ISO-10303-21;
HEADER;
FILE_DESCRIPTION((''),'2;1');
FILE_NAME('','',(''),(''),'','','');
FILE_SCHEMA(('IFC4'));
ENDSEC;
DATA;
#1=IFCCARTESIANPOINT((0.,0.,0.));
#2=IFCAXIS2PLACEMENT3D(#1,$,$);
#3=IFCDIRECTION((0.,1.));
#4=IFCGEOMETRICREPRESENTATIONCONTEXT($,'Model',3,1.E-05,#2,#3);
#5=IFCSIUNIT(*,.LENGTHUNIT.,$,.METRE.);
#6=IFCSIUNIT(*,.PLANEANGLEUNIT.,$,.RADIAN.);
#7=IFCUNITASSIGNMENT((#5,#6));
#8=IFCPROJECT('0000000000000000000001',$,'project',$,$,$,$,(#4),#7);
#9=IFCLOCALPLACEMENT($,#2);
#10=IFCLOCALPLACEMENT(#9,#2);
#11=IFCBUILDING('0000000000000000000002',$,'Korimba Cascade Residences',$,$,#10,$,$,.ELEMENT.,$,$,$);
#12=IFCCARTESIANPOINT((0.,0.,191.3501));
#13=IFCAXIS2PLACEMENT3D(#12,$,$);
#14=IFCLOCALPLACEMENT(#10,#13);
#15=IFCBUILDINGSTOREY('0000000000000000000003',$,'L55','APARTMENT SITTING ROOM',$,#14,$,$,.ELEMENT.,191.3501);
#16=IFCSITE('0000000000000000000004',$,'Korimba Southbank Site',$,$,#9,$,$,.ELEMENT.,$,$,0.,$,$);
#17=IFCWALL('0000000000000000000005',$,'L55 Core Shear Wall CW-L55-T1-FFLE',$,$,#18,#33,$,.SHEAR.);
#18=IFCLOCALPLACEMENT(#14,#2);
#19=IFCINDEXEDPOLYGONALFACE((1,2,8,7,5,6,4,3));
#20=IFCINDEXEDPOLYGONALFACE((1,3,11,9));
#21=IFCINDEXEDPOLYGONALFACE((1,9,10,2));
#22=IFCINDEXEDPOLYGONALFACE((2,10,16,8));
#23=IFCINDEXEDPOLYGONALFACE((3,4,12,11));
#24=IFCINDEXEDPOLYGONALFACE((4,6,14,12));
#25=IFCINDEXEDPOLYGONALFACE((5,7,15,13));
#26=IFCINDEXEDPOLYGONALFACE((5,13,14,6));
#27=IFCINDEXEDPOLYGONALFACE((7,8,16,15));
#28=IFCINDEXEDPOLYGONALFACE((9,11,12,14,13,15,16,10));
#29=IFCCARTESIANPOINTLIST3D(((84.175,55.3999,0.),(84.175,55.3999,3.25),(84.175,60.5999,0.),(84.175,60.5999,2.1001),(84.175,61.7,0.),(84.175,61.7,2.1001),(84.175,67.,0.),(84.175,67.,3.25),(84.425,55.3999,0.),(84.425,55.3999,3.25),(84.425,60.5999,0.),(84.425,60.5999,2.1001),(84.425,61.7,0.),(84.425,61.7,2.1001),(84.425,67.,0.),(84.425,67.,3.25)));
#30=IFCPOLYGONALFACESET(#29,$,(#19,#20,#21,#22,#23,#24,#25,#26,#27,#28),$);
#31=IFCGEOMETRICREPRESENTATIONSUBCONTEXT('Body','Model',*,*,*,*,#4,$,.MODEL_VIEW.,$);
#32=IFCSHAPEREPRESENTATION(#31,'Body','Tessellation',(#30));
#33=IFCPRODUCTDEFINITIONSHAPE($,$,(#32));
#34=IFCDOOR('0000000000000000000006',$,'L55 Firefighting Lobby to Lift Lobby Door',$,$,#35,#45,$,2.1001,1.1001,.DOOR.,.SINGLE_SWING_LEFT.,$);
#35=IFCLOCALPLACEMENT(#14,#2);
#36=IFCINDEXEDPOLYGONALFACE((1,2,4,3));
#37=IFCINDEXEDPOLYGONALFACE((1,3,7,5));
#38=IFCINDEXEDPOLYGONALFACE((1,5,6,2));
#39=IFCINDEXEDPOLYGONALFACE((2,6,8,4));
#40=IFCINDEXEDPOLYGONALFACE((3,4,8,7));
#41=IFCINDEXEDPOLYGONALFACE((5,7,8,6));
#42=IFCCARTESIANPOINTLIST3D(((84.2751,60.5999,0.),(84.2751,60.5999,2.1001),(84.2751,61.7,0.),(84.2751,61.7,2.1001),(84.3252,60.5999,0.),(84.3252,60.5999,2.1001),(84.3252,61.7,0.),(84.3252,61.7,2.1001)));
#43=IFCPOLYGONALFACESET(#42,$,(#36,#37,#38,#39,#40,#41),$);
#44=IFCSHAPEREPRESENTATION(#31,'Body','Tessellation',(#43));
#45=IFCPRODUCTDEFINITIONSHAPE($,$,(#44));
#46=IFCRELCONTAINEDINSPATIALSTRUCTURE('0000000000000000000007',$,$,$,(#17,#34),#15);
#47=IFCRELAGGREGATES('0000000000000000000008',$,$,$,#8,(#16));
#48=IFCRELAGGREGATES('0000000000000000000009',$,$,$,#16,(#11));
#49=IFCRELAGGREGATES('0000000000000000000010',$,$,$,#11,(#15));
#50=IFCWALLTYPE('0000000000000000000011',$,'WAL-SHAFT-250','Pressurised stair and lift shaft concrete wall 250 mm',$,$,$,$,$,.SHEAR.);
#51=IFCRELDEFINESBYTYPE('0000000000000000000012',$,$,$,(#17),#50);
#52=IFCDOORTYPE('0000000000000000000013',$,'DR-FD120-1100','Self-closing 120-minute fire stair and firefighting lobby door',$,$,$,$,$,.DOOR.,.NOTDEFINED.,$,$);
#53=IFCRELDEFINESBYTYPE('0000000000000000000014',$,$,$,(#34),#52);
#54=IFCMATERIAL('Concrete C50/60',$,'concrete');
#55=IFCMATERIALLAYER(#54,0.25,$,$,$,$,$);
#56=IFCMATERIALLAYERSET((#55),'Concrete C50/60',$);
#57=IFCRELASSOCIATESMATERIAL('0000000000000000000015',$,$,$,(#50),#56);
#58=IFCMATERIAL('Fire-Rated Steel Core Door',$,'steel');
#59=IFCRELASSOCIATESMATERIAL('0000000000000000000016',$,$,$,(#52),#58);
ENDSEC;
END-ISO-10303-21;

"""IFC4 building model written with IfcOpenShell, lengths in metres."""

from ifc_helpers import new_model, si_unit, direction, frame, frame_2d, origin, place, context, subcontext, project, spatial, rectangle, extrude, material, layer, layer_set, type_object, element, fill, save


model = new_model("IFC4")

# Units and contexts
model_context = context("Model", 3, precision=1e-05, world=origin(), true_north=direction((0.0, 1.0)))
body_context = subcontext(model_context, "Body", "Model", "MODEL_VIEW")
ifc_project = project(units=[si_unit("LENGTHUNIT", "METRE"), si_unit("PLANEANGLEUNIT", "RADIAN")], contexts=[model_context])

# Site, building, storey
site_placement = place(None, origin())
site = spatial("IfcSite", under=ifc_project, at=site_placement, Name="Korimba Southbank Site", CompositionType="ELEMENT", RefElevation=0.0)
building_placement = place(site_placement, origin())
building = spatial("IfcBuilding", under=site, at=building_placement, Name="Korimba Cascade Residences", CompositionType="ELEMENT")
storey_placement = place(building_placement, frame((0.0, 0.0, 191.3501)))
storey = spatial("IfcBuildingStorey", under=building, at=storey_placement, Name="L55", Description="APARTMENT SITTING ROOM", CompositionType="ELEMENT", Elevation=191.3501)

# Shared definitions
ifc_material_1 = material(Name="Concrete C50/60", Category="concrete")
ifc_layer_1 = layer(ifc_material_1, 0.25)
ifc_layer_set_1 = layer_set([ifc_layer_1], Name="Concrete C50/60")
wall_type_1 = type_object("IfcWallType", Name="WAL-SHAFT-250", Description="Pressurised stair and lift shaft concrete wall 250 mm", PredefinedType="SHEAR", material=ifc_layer_set_1)
ifc_material_2 = material(Name="Fire-Rated Steel Core Door", Category="steel")
door_type_1 = type_object("IfcDoorType", Name="DR-FD120-1100", Description="Self-closing 120-minute fire stair and firefighting lobby door", OperationType="NOTDEFINED", PredefinedType="DOOR", material=ifc_material_2)

# Wall, opening, door
wall_1_placement = place(storey_placement, frame((84.3, 55.3999, 0.0), z_axis=(0.0, 0.0, 1.0), x_axis=(0.0, 1.0, 0.0)))
wall_1 = element("IfcWall", 1, at=wall_1_placement, inside=storey, type_object=wall_type_1, Name="L55 Core Shear Wall CW-L55-T1-FFLE", PredefinedType="SHEAR", context=body_context, shape_type="SweptSolid", body=[
    extrude(rectangle(XDim=11.6001, YDim=0.25, at=frame_2d((5.8, 0.0))), origin(), (0.0, 0.0, 1.0), 3.25),
])
opening_1_placement = place(wall_1_placement, frame((5.2, 0.0, 0.0)))
opening_1 = element("IfcOpeningElement", 2, at=opening_1_placement, cuts=wall_1, PredefinedType="OPENING", context=body_context, shape_type="SweptSolid", body=[
    extrude(rectangle(XDim=1.1001, YDim=2.1001, at=frame_2d((0.55, 1.05))), frame((0.0, 0.135, 0.0), z_axis=(0.0, -1.0, 0.0), x_axis=(1.0, 0.0, 0.0)), (0.0, 0.0, 1.0), 0.27),
])
door_1_placement = place(opening_1_placement, origin())
door_1 = element("IfcDoor", 3, at=door_1_placement, inside=storey, type_object=door_type_1, Name="L55 Firefighting Lobby to Lift Lobby Door", OperationType="SINGLE_SWING_LEFT", OverallHeight=2.1001, OverallWidth=1.1001, PredefinedType="DOOR", context=body_context, shape_type="SweptSolid", body=[
    extrude(rectangle(XDim=1.1001, YDim=2.1001, at=frame_2d((0.55, 1.05))), frame((0.0, 0.0249, 0.0), z_axis=(0.0, -1.0, 0.0), x_axis=(1.0, 0.0, 0.0)), (0.0, 0.0, 1.0), 0.05),
])
fill(opening_1, door_1)

save(model, "model.ifc")
